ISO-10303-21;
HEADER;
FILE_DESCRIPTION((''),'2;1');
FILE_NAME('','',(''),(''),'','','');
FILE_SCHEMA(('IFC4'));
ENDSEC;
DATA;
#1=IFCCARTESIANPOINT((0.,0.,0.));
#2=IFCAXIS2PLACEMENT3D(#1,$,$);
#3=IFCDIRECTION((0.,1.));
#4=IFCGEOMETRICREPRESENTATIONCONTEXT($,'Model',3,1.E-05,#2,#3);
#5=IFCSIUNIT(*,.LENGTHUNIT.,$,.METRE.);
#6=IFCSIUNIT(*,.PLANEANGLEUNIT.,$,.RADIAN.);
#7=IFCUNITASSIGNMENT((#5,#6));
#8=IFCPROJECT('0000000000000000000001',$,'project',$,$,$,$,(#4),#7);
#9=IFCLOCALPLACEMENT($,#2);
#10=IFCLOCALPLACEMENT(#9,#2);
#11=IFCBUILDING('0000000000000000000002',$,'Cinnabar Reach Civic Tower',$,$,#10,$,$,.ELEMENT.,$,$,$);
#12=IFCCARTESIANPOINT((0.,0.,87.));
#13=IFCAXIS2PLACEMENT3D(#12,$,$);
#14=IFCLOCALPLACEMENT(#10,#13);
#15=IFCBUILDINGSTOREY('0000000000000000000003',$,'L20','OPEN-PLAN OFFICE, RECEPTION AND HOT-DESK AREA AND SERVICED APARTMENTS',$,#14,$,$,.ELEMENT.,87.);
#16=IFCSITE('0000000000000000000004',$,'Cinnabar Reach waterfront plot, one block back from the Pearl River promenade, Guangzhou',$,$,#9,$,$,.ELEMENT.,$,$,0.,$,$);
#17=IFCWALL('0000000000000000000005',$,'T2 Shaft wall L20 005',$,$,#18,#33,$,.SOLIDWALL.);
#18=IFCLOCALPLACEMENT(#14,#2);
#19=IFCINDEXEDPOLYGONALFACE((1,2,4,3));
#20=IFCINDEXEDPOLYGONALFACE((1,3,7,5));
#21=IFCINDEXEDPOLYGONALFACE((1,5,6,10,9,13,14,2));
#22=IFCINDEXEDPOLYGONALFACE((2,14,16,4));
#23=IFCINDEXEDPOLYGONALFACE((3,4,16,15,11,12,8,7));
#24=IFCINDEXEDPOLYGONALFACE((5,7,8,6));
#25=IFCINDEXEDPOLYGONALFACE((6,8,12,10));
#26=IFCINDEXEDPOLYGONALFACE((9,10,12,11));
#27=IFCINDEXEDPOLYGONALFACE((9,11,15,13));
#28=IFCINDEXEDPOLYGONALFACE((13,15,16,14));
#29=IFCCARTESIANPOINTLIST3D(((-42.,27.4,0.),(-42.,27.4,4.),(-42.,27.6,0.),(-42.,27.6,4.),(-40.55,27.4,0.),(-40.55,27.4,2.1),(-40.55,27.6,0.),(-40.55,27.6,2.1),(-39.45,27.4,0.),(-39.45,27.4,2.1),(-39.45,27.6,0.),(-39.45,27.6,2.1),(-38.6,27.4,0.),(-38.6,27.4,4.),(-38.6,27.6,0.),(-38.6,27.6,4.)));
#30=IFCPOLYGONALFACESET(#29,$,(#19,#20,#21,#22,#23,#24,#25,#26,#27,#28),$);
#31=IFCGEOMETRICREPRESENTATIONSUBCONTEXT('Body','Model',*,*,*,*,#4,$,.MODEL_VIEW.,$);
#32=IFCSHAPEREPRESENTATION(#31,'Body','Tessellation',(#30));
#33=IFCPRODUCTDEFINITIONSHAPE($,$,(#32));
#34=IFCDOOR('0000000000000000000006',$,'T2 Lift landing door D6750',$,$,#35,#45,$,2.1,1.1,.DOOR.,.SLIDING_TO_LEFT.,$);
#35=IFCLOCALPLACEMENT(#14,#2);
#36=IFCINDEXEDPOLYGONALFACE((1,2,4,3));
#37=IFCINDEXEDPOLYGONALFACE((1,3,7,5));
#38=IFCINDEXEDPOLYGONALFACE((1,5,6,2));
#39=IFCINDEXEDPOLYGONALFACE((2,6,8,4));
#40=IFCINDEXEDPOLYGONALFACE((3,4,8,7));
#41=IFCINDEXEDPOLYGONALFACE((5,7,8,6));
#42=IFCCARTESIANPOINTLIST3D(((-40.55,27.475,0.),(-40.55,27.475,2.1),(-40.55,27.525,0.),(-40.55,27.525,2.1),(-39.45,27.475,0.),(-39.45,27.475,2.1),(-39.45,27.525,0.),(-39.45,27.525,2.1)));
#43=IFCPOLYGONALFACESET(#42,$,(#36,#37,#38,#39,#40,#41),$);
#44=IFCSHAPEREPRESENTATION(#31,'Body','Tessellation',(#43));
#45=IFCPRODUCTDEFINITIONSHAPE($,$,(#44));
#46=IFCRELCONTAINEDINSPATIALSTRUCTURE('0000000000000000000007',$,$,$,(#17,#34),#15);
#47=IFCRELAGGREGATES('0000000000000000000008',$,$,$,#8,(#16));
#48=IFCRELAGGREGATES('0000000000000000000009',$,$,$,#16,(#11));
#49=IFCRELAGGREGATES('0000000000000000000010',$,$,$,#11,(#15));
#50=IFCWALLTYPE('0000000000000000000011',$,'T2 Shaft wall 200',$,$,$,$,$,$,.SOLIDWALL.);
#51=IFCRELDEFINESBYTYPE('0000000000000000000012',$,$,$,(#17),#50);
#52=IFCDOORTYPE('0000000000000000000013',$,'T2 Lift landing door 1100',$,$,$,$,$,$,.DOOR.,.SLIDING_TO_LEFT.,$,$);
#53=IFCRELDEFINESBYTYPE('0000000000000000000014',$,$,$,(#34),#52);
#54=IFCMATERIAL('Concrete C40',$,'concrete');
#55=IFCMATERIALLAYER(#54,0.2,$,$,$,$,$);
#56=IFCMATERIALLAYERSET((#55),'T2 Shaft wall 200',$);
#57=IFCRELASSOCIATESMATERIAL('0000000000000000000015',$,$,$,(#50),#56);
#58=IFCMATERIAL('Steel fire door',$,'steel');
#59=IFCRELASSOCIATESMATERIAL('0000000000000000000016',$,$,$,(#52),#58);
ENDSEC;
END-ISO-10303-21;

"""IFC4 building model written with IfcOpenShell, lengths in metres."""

from ifc_helpers import new_model, si_unit, direction, frame, frame_2d, origin, place, context, subcontext, project, spatial, rectangle, extrude, material, layer, layer_set, type_object, element, fill, save


model = new_model("IFC4")

# Units and contexts
model_context = context("Model", 3, precision=1e-05, world=origin(), true_north=direction((0.0, 1.0)))
body_context = subcontext(model_context, "Body", "Model", "MODEL_VIEW")
ifc_project = project(units=[si_unit("LENGTHUNIT", "METRE"), si_unit("PLANEANGLEUNIT", "RADIAN")], contexts=[model_context])

# Site, building, storey
site_placement = place(None, origin())
site = spatial("IfcSite", under=ifc_project, at=site_placement, Name="Cinnabar Reach waterfront plot, one block back from the Pearl River promenade, Guangzhou", CompositionType="ELEMENT", RefElevation=0.0)
building_placement = place(site_placement, origin())
building = spatial("IfcBuilding", under=site, at=building_placement, Name="Cinnabar Reach Civic Tower", CompositionType="ELEMENT")
storey_placement = place(building_placement, frame((0.0, 0.0, 87.0)))
storey = spatial("IfcBuildingStorey", under=building, at=storey_placement, Name="L20", Description="OPEN-PLAN OFFICE, RECEPTION AND HOT-DESK AREA AND SERVICED APARTMENTS", CompositionType="ELEMENT", Elevation=87.0)

# Wall, opening, door
ifc_material_1 = material(Name="Concrete C40", Category="concrete")
ifc_layer_1 = layer(ifc_material_1, 0.2)
ifc_layer_set_1 = layer_set([ifc_layer_1], Name="T2 Shaft wall 200")
wall_type_1 = type_object("IfcWallType", Name="T2 Shaft wall 200", PredefinedType="SOLIDWALL", material=ifc_layer_set_1)
wall_1_placement = place(storey_placement, frame((-42.0, 27.5, 0.0), z_axis=(0.0, 0.0, 1.0), x_axis=(1.0, 0.0, 0.0)))
wall_1 = element("IfcWall", 1, at=wall_1_placement, inside=storey, type_object=wall_type_1, Name="T2 Shaft wall L20 005", PredefinedType="SOLIDWALL", context=body_context, shape_type="SweptSolid", body=[
    extrude(rectangle(XDim=3.4, YDim=0.2, at=frame_2d((1.7, 0.0))), origin(), (0.0, 0.0, 1.0), 4.0),
])
opening_1_placement = place(wall_1_placement, frame((1.45, 0.0, 0.0)))
opening_1 = element("IfcOpeningElement", 2, at=opening_1_placement, cuts=wall_1, PredefinedType="OPENING", context=body_context, shape_type="SweptSolid", body=[
    extrude(rectangle(XDim=1.1, YDim=2.1, at=frame_2d((0.55, 1.05))), frame((0.0, 0.11, 0.0), z_axis=(0.0, -1.0, 0.0), x_axis=(1.0, 0.0, 0.0)), (0.0, 0.0, 1.0), 0.22),
])
ifc_material_2 = material(Name="Steel fire door", Category="steel")
door_type_1 = type_object("IfcDoorType", Name="T2 Lift landing door 1100", OperationType="SLIDING_TO_LEFT", PredefinedType="DOOR", material=ifc_material_2)
door_1_placement = place(opening_1_placement, origin())
door_1 = element("IfcDoor", 3, at=door_1_placement, inside=storey, type_object=door_type_1, Name="T2 Lift landing door D6750", OperationType="SLIDING_TO_LEFT", OverallHeight=2.1, OverallWidth=1.1, PredefinedType="DOOR", context=body_context, shape_type="SweptSolid", body=[
    extrude(rectangle(XDim=1.1, YDim=2.1, at=frame_2d((0.55, 1.05))), frame((0.0, 0.025, 0.0), z_axis=(0.0, -1.0, 0.0), x_axis=(1.0, 0.0, 0.0)), (0.0, 0.0, 1.0), 0.05),
])
fill(opening_1, door_1)

save(model, "model.ifc")
